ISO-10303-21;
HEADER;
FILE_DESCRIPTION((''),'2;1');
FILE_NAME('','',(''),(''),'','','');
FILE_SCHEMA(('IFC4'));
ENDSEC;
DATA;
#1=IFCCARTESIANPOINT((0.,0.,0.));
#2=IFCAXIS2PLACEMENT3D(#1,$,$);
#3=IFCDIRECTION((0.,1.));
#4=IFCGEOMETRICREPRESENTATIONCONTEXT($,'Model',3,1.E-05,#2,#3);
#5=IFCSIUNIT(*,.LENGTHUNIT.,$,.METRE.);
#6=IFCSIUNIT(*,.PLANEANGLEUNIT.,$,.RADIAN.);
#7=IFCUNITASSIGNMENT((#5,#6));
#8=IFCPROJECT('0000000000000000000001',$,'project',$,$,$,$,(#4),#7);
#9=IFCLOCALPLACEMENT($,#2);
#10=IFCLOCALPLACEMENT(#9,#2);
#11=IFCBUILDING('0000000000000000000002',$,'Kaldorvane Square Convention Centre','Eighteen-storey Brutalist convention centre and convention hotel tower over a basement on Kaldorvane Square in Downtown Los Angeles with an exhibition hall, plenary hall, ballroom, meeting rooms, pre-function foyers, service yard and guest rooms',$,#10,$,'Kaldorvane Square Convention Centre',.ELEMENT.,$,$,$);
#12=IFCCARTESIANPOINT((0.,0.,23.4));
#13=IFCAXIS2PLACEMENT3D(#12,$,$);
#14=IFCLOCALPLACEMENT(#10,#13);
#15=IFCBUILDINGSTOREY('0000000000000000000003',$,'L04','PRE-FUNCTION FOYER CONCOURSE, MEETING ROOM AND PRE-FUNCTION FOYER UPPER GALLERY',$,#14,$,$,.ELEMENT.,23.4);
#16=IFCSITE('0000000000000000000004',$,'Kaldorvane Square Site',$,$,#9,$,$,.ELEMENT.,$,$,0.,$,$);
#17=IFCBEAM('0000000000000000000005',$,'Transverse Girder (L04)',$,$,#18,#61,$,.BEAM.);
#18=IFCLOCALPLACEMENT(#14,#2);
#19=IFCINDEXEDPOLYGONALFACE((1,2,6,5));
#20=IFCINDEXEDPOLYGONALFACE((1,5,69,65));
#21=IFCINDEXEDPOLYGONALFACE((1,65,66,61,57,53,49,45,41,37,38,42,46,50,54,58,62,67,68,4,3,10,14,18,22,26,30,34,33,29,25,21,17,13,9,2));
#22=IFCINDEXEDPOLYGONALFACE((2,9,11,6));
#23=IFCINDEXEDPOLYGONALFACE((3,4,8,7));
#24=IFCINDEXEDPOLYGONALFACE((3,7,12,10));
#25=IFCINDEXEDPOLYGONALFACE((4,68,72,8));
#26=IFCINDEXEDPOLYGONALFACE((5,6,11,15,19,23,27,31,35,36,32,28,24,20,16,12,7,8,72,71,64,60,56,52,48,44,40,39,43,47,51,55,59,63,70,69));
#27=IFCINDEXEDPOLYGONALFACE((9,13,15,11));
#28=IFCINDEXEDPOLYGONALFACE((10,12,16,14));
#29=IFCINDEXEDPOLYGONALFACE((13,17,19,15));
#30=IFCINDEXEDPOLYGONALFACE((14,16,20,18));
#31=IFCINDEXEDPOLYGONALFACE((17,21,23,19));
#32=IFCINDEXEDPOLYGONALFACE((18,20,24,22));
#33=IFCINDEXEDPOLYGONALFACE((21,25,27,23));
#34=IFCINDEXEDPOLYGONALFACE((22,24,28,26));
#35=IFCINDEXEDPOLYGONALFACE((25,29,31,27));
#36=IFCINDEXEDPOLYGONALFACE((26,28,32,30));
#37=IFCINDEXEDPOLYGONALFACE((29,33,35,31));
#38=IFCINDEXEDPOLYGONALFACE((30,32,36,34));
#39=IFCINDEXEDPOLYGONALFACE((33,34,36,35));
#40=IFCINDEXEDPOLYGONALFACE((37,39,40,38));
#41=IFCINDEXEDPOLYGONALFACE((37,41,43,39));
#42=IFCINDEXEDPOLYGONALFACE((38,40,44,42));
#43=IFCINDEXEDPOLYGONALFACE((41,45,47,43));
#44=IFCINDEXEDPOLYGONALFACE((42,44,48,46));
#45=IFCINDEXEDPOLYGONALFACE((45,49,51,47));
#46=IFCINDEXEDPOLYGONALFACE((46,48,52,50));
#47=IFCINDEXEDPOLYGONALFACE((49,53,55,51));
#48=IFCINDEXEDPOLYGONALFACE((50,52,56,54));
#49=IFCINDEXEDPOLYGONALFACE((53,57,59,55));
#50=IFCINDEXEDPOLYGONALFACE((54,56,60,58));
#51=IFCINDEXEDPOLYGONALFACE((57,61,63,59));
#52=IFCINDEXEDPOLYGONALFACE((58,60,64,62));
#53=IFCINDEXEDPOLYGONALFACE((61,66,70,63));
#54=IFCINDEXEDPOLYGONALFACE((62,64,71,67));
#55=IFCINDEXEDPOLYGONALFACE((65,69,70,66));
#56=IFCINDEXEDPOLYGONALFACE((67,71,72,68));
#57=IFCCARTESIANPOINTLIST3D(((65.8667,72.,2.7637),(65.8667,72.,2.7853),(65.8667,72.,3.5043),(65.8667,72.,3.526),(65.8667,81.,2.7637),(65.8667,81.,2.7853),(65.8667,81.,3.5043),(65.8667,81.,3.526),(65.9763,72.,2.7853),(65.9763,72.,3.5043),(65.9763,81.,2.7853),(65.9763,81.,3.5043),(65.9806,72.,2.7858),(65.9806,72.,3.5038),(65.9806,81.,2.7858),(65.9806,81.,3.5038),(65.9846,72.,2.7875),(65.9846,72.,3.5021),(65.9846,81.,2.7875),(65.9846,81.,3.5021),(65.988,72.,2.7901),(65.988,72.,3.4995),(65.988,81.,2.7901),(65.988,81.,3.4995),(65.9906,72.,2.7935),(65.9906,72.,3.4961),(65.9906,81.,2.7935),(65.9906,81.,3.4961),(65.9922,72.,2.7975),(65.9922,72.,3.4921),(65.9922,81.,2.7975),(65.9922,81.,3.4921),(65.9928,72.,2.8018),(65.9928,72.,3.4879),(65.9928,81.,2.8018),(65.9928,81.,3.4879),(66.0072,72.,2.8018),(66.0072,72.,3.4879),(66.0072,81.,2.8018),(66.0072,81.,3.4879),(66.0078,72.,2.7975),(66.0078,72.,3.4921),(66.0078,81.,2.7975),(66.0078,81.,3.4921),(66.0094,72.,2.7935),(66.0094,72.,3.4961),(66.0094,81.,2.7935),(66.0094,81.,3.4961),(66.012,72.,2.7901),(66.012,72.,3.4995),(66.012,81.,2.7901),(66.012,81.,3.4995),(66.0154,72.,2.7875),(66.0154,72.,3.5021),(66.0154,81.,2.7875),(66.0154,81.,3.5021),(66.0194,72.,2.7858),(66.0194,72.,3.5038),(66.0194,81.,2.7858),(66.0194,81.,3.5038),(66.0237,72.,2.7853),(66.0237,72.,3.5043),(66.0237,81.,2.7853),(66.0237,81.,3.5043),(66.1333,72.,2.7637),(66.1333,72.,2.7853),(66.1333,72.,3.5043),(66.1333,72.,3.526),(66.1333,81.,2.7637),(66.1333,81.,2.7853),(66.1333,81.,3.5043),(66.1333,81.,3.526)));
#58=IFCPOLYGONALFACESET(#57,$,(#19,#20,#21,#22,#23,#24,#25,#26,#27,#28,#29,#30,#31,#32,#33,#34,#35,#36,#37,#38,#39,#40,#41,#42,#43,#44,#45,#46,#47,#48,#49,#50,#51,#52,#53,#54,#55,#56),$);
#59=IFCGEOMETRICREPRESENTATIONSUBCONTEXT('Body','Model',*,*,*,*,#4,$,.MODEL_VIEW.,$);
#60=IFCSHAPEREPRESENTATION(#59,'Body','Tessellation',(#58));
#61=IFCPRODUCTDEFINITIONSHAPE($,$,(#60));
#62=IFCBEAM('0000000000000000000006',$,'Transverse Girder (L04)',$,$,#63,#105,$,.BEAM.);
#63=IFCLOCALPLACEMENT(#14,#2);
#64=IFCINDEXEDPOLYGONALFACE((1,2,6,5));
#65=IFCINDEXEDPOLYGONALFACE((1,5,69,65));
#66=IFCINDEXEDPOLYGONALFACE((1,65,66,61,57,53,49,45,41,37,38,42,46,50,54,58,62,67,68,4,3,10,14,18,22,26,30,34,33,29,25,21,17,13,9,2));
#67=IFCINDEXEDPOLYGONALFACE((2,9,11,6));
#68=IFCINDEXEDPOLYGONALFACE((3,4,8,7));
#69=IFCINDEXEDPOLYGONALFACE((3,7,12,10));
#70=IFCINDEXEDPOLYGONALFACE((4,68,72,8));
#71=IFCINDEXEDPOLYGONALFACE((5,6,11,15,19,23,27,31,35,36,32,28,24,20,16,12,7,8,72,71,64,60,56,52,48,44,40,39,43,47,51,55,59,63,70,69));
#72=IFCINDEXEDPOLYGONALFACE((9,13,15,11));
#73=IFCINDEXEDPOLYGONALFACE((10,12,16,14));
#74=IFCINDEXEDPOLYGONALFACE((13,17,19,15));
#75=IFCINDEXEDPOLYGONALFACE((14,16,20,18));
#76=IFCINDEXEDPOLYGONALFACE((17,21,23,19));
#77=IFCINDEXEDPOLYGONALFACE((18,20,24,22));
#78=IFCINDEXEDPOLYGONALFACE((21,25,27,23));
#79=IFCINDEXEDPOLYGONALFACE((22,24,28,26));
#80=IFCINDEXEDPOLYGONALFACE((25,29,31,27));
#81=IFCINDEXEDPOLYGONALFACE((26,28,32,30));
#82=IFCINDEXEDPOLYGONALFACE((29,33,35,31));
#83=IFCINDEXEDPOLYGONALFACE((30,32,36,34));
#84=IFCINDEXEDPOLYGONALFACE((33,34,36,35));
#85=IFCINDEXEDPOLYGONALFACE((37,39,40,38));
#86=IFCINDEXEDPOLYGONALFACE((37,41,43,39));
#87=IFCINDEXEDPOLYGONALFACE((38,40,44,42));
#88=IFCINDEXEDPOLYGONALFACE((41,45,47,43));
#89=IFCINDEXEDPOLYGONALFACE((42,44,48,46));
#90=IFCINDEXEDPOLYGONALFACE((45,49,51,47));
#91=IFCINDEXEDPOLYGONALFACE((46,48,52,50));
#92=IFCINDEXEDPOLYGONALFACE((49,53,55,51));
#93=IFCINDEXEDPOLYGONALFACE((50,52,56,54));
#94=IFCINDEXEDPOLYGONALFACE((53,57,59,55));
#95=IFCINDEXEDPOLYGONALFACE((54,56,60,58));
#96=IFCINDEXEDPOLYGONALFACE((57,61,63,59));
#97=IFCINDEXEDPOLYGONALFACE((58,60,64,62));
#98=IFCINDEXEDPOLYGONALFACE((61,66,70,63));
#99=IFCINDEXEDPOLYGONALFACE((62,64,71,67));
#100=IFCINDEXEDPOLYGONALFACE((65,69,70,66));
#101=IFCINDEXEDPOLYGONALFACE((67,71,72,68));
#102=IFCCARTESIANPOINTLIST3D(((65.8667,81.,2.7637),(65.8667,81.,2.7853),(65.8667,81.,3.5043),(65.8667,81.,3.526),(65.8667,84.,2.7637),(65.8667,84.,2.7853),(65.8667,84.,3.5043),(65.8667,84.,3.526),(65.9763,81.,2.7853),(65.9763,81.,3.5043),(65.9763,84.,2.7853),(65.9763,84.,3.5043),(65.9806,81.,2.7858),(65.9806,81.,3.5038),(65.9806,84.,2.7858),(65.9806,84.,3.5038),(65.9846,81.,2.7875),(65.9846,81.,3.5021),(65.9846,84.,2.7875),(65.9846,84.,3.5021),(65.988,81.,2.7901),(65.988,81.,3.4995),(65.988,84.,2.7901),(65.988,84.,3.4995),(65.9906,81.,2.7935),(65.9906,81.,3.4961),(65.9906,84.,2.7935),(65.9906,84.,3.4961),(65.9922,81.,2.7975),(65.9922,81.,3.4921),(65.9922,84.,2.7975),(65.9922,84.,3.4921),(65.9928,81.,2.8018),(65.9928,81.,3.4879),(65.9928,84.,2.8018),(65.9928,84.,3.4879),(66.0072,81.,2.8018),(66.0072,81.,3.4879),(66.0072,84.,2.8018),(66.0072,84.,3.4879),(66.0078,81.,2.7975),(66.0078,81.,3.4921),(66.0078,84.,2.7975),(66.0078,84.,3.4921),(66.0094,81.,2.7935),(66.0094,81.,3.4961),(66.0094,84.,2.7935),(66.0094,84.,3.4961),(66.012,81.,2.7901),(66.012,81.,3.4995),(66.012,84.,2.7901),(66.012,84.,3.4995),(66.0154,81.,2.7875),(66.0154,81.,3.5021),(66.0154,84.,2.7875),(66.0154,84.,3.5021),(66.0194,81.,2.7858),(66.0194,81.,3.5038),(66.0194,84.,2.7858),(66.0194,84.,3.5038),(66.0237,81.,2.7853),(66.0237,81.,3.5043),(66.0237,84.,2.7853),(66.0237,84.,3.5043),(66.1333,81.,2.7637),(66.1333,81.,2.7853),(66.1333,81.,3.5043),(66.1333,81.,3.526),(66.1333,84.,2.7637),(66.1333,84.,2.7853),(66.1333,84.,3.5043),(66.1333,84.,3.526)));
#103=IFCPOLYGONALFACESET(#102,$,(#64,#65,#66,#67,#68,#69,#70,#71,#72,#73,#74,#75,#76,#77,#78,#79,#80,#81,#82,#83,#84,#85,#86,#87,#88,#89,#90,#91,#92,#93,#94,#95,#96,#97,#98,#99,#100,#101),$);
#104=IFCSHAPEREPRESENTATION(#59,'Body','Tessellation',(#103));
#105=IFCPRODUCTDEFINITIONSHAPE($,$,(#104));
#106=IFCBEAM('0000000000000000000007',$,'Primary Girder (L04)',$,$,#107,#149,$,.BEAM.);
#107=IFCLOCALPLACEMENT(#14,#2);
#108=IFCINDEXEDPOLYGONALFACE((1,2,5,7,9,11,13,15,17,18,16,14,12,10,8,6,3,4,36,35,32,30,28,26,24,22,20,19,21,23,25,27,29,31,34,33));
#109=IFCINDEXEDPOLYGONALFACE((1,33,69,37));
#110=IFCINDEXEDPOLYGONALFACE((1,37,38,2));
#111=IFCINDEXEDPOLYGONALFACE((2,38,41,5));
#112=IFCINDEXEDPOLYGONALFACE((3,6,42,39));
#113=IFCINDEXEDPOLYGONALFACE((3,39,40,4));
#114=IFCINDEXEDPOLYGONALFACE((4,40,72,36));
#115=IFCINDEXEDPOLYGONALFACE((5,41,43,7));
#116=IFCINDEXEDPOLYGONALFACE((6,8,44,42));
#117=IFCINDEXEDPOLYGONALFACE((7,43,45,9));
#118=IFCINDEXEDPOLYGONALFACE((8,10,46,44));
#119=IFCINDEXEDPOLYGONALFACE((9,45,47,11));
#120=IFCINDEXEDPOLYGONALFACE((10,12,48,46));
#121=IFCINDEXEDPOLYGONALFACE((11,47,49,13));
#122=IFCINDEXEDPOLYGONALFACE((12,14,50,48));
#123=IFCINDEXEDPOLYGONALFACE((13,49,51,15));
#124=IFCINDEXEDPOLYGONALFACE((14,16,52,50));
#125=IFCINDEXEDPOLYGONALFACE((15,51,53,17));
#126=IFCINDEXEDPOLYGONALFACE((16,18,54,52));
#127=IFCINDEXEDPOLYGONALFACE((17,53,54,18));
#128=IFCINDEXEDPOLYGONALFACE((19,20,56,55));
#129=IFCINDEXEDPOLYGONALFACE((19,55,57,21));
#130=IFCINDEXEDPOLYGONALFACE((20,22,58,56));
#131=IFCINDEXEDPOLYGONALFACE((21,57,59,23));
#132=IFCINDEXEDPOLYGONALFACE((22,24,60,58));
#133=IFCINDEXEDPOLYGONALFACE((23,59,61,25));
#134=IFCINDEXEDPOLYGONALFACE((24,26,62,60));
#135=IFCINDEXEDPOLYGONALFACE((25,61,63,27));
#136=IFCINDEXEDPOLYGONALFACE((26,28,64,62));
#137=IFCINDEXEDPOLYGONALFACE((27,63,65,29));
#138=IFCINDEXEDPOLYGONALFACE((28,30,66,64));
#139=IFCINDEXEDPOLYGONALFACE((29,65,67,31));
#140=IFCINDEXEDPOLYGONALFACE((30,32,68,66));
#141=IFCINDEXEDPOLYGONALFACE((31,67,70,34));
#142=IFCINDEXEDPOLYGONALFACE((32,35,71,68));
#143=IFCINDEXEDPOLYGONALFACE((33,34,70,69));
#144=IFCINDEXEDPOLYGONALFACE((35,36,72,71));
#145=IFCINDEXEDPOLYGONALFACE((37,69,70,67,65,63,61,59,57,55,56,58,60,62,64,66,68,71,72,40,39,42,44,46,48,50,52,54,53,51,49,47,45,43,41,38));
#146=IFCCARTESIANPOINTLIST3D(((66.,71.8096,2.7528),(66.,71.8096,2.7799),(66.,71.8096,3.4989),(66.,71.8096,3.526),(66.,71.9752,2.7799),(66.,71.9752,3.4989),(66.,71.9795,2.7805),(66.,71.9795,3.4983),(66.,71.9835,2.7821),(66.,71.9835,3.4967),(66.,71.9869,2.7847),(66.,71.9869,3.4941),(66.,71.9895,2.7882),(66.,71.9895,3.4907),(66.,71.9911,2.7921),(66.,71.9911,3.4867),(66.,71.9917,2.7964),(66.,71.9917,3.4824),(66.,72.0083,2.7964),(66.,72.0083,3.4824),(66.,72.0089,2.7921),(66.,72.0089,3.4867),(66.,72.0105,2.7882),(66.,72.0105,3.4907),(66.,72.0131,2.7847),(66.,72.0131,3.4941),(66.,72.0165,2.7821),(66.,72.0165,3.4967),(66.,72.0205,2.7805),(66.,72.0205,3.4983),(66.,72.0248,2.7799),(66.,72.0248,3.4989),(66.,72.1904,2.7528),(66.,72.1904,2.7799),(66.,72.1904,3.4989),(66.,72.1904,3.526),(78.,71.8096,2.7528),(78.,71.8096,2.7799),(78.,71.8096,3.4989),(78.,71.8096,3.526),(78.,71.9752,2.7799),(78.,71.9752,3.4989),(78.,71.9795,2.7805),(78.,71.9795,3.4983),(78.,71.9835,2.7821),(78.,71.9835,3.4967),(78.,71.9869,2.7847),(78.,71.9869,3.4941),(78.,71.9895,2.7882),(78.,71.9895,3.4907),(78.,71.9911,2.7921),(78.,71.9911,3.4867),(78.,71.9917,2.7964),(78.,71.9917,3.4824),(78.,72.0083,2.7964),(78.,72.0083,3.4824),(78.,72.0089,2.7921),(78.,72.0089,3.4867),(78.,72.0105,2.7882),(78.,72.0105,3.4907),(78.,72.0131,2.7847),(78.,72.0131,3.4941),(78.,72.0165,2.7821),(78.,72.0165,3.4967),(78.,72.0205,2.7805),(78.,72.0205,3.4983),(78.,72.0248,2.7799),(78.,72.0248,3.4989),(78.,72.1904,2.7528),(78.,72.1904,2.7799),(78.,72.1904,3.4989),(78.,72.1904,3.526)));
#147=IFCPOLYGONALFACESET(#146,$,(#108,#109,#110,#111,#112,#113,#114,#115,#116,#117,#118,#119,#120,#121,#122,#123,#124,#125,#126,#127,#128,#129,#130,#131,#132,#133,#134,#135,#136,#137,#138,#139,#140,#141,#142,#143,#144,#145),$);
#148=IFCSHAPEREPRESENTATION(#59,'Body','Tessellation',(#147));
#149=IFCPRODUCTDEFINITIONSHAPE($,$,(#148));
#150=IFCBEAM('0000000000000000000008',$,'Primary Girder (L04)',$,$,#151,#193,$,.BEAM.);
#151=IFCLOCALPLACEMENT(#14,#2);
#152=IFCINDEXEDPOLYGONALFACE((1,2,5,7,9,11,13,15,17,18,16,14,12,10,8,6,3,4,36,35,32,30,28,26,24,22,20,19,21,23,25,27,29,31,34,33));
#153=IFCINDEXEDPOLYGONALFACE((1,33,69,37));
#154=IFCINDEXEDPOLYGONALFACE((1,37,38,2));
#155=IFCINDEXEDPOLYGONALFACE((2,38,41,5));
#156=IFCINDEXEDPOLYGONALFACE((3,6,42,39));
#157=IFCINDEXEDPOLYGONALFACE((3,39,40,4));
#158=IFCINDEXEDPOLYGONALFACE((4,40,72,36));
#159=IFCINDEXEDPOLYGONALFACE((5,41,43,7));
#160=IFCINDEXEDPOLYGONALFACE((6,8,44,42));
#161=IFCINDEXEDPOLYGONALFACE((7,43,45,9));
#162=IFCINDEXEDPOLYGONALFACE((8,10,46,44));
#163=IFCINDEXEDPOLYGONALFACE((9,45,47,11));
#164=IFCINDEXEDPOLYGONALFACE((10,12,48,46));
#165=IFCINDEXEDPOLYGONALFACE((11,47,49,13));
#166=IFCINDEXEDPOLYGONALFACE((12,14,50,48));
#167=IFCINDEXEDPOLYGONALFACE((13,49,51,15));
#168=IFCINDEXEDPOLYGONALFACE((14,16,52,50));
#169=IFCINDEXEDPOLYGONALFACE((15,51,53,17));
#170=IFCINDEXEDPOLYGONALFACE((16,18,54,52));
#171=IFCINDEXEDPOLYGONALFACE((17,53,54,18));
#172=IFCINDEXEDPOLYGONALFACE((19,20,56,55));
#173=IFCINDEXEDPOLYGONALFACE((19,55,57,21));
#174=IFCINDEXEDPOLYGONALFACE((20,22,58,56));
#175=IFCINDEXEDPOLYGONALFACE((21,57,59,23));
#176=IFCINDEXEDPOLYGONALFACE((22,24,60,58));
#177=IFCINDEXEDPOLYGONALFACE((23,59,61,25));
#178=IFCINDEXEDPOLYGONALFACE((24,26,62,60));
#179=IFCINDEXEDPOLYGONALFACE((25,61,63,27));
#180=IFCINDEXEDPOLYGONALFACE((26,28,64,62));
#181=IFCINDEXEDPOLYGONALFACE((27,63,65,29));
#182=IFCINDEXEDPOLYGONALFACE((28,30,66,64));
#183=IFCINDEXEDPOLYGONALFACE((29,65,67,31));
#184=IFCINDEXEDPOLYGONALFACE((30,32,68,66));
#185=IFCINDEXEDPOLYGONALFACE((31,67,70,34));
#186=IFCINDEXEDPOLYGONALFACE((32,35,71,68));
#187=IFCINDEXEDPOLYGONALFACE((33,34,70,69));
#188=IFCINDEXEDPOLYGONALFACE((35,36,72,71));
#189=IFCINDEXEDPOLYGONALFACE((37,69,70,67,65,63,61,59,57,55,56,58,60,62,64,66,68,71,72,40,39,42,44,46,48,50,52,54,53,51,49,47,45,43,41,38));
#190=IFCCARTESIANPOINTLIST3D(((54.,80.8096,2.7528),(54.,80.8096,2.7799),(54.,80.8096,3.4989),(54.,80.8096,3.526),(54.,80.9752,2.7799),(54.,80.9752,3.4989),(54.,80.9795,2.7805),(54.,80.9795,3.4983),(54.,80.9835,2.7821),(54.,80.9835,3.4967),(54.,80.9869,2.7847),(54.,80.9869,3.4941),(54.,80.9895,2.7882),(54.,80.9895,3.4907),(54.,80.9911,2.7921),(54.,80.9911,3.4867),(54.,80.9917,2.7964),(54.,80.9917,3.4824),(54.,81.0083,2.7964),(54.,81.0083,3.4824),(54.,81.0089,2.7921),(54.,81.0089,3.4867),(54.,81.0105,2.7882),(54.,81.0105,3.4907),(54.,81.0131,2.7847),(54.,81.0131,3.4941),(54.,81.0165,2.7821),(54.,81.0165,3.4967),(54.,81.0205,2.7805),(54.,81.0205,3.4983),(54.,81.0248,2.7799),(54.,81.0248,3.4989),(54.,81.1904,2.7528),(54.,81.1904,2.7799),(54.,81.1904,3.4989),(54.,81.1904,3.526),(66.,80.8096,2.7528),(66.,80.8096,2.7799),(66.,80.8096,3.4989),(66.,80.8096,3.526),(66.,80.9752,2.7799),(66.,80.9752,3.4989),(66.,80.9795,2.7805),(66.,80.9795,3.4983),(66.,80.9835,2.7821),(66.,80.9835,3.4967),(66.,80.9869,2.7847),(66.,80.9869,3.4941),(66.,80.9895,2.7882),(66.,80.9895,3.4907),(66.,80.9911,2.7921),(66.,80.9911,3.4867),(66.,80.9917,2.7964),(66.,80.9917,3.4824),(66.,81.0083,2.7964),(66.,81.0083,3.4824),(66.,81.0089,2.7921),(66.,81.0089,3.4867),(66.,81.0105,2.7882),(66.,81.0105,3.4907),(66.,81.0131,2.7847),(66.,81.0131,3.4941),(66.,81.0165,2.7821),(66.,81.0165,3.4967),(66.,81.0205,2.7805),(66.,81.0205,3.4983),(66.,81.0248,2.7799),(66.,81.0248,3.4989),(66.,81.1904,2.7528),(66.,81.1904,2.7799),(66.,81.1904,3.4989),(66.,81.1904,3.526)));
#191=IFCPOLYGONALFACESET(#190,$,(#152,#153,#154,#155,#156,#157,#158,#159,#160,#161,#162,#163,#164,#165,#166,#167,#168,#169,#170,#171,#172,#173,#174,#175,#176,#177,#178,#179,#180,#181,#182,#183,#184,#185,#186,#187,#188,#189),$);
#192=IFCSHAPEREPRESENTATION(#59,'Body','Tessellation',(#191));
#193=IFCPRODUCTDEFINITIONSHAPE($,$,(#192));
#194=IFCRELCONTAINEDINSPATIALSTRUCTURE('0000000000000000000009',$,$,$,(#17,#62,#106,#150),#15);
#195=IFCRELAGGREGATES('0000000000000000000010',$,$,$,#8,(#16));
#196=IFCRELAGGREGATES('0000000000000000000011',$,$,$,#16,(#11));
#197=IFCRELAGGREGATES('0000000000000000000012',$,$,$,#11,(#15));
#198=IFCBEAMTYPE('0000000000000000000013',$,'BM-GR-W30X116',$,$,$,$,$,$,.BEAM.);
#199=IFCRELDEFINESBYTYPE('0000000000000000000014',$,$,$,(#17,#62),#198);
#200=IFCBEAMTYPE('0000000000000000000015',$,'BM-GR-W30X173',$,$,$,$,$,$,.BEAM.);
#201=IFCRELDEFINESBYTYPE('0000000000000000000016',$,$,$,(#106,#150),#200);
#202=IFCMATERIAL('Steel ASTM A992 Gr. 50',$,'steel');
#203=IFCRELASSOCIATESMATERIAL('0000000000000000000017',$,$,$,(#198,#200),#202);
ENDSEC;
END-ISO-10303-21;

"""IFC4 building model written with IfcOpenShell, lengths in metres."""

from ifc_helpers import new_model, si_unit, direction, frame, origin, origin_2d, place, context, subcontext, project, spatial, i_section, extrude, material, material_profile, profile_set, type_object, element, save


model = new_model("IFC4")

# Units and contexts
model_context = context("Model", 3, precision=1e-05, world=origin(), true_north=direction((0.0, 1.0)))
body_context = subcontext(model_context, "Body", "Model", "MODEL_VIEW")
ifc_project = project(units=[si_unit("LENGTHUNIT", "METRE"), si_unit("PLANEANGLEUNIT", "RADIAN")], contexts=[model_context])

# Site, building, storey
site_placement = place(None, origin())
site = spatial("IfcSite", under=ifc_project, at=site_placement, Name="Kaldorvane Square Site", CompositionType="ELEMENT", RefElevation=0.0)
building_placement = place(site_placement, origin())
building = spatial("IfcBuilding", under=site, at=building_placement, Name="Kaldorvane Square Convention Centre", Description="Eighteen-storey Brutalist convention centre and convention hotel tower over a basement on Kaldorvane Square in Downtown Los Angeles with an exhibition hall, plenary hall, ballroom, meeting rooms, pre-function foyers, service yard and guest rooms", LongName="Kaldorvane Square Convention Centre", CompositionType="ELEMENT")
storey_placement = place(building_placement, frame((0.0, 0.0, 23.4)))
storey = spatial("IfcBuildingStorey", under=building, at=storey_placement, Name="L04", Description="PRE-FUNCTION FOYER CONCOURSE, MEETING ROOM AND PRE-FUNCTION FOYER UPPER GALLERY", CompositionType="ELEMENT", Elevation=23.4)

# Shared definitions
ifc_material_1 = material(Name="Steel ASTM A992 Gr. 50", Category="steel")

# Beams
ifc_material_profile_1 = material_profile(ifc_material_1, i_section(OverallWidth=0.2666, OverallDepth=0.7623, WebThickness=0.0144, FlangeThickness=0.0216, FilletRadius=0.0165, at=origin_2d()), Name="W30X116")
ifc_profile_set_1 = profile_set([ifc_material_profile_1], Name="Steel ASTM A992 Gr. 50")
beam_type_1 = type_object("IfcBeamType", Name="BM-GR-W30X116", PredefinedType="BEAM", material=ifc_profile_set_1)
beam_1_placement = place(storey_placement, frame((66.0, 72.0, 3.1448), z_axis=(0.0, 1.0, 0.0), x_axis=(-1.0, 0.0, 0.0)))
element("IfcBeam", 1, at=beam_1_placement, inside=storey, type_object=beam_type_1, Name="Transverse Girder (L04)", PredefinedType="BEAM", context=body_context, shape_type="SweptSolid", body=[
    extrude(i_section(OverallWidth=0.2666, OverallDepth=0.7623, WebThickness=0.0144, FlangeThickness=0.0216, FilletRadius=0.0165, at=origin_2d()), origin(), (0.0, 0.0, 1.0), 9.0),
])
beam_2_placement = place(storey_placement, frame((66.0, 81.0, 3.1448), z_axis=(0.0, 1.0, 0.0), x_axis=(-1.0, 0.0, 0.0)))
element("IfcBeam", 2, at=beam_2_placement, inside=storey, type_object=beam_type_1, Name="Transverse Girder (L04)", PredefinedType="BEAM", context=body_context, shape_type="SweptSolid", body=[
    extrude(i_section(OverallWidth=0.2666, OverallDepth=0.7623, WebThickness=0.0144, FlangeThickness=0.0216, FilletRadius=0.0165, at=origin_2d()), origin(), (0.0, 0.0, 1.0), 3.0),
])
ifc_material_profile_2 = material_profile(ifc_material_1, i_section(OverallWidth=0.3807, OverallDepth=0.7732, WebThickness=0.0166, FlangeThickness=0.0271, FilletRadius=0.0165, at=origin_2d()), Name="W30X173")
ifc_profile_set_2 = profile_set([ifc_material_profile_2], Name="Steel ASTM A992 Gr. 50")
beam_type_2 = type_object("IfcBeamType", Name="BM-GR-W30X173", PredefinedType="BEAM", material=ifc_profile_set_2)
for number, where, z_axis, x_axis, name in (
    (3, (66.0, 72.0, 3.1394), (1.0, 0.0, 0.0), (0.0, 1.0, 0.0), "Primary Girder (L04)"),
    (4, (54.0, 81.0, 3.1394), (1.0, 0.0, 0.0), (0.0, 1.0, 0.0), "Primary Girder (L04)"),
):
    element("IfcBeam", number, at=place(storey_placement, frame(where, z_axis=z_axis, x_axis=x_axis)), inside=storey, type_object=beam_type_2, Name=name, PredefinedType="BEAM", context=body_context, shape_type="SweptSolid", body=[
        extrude(i_section(OverallWidth=0.3807, OverallDepth=0.7732, WebThickness=0.0166, FlangeThickness=0.0271, FilletRadius=0.0165, at=origin_2d()), origin(), (0.0, 0.0, 1.0), 12.0),
    ])

save(model, "model.ifc")
